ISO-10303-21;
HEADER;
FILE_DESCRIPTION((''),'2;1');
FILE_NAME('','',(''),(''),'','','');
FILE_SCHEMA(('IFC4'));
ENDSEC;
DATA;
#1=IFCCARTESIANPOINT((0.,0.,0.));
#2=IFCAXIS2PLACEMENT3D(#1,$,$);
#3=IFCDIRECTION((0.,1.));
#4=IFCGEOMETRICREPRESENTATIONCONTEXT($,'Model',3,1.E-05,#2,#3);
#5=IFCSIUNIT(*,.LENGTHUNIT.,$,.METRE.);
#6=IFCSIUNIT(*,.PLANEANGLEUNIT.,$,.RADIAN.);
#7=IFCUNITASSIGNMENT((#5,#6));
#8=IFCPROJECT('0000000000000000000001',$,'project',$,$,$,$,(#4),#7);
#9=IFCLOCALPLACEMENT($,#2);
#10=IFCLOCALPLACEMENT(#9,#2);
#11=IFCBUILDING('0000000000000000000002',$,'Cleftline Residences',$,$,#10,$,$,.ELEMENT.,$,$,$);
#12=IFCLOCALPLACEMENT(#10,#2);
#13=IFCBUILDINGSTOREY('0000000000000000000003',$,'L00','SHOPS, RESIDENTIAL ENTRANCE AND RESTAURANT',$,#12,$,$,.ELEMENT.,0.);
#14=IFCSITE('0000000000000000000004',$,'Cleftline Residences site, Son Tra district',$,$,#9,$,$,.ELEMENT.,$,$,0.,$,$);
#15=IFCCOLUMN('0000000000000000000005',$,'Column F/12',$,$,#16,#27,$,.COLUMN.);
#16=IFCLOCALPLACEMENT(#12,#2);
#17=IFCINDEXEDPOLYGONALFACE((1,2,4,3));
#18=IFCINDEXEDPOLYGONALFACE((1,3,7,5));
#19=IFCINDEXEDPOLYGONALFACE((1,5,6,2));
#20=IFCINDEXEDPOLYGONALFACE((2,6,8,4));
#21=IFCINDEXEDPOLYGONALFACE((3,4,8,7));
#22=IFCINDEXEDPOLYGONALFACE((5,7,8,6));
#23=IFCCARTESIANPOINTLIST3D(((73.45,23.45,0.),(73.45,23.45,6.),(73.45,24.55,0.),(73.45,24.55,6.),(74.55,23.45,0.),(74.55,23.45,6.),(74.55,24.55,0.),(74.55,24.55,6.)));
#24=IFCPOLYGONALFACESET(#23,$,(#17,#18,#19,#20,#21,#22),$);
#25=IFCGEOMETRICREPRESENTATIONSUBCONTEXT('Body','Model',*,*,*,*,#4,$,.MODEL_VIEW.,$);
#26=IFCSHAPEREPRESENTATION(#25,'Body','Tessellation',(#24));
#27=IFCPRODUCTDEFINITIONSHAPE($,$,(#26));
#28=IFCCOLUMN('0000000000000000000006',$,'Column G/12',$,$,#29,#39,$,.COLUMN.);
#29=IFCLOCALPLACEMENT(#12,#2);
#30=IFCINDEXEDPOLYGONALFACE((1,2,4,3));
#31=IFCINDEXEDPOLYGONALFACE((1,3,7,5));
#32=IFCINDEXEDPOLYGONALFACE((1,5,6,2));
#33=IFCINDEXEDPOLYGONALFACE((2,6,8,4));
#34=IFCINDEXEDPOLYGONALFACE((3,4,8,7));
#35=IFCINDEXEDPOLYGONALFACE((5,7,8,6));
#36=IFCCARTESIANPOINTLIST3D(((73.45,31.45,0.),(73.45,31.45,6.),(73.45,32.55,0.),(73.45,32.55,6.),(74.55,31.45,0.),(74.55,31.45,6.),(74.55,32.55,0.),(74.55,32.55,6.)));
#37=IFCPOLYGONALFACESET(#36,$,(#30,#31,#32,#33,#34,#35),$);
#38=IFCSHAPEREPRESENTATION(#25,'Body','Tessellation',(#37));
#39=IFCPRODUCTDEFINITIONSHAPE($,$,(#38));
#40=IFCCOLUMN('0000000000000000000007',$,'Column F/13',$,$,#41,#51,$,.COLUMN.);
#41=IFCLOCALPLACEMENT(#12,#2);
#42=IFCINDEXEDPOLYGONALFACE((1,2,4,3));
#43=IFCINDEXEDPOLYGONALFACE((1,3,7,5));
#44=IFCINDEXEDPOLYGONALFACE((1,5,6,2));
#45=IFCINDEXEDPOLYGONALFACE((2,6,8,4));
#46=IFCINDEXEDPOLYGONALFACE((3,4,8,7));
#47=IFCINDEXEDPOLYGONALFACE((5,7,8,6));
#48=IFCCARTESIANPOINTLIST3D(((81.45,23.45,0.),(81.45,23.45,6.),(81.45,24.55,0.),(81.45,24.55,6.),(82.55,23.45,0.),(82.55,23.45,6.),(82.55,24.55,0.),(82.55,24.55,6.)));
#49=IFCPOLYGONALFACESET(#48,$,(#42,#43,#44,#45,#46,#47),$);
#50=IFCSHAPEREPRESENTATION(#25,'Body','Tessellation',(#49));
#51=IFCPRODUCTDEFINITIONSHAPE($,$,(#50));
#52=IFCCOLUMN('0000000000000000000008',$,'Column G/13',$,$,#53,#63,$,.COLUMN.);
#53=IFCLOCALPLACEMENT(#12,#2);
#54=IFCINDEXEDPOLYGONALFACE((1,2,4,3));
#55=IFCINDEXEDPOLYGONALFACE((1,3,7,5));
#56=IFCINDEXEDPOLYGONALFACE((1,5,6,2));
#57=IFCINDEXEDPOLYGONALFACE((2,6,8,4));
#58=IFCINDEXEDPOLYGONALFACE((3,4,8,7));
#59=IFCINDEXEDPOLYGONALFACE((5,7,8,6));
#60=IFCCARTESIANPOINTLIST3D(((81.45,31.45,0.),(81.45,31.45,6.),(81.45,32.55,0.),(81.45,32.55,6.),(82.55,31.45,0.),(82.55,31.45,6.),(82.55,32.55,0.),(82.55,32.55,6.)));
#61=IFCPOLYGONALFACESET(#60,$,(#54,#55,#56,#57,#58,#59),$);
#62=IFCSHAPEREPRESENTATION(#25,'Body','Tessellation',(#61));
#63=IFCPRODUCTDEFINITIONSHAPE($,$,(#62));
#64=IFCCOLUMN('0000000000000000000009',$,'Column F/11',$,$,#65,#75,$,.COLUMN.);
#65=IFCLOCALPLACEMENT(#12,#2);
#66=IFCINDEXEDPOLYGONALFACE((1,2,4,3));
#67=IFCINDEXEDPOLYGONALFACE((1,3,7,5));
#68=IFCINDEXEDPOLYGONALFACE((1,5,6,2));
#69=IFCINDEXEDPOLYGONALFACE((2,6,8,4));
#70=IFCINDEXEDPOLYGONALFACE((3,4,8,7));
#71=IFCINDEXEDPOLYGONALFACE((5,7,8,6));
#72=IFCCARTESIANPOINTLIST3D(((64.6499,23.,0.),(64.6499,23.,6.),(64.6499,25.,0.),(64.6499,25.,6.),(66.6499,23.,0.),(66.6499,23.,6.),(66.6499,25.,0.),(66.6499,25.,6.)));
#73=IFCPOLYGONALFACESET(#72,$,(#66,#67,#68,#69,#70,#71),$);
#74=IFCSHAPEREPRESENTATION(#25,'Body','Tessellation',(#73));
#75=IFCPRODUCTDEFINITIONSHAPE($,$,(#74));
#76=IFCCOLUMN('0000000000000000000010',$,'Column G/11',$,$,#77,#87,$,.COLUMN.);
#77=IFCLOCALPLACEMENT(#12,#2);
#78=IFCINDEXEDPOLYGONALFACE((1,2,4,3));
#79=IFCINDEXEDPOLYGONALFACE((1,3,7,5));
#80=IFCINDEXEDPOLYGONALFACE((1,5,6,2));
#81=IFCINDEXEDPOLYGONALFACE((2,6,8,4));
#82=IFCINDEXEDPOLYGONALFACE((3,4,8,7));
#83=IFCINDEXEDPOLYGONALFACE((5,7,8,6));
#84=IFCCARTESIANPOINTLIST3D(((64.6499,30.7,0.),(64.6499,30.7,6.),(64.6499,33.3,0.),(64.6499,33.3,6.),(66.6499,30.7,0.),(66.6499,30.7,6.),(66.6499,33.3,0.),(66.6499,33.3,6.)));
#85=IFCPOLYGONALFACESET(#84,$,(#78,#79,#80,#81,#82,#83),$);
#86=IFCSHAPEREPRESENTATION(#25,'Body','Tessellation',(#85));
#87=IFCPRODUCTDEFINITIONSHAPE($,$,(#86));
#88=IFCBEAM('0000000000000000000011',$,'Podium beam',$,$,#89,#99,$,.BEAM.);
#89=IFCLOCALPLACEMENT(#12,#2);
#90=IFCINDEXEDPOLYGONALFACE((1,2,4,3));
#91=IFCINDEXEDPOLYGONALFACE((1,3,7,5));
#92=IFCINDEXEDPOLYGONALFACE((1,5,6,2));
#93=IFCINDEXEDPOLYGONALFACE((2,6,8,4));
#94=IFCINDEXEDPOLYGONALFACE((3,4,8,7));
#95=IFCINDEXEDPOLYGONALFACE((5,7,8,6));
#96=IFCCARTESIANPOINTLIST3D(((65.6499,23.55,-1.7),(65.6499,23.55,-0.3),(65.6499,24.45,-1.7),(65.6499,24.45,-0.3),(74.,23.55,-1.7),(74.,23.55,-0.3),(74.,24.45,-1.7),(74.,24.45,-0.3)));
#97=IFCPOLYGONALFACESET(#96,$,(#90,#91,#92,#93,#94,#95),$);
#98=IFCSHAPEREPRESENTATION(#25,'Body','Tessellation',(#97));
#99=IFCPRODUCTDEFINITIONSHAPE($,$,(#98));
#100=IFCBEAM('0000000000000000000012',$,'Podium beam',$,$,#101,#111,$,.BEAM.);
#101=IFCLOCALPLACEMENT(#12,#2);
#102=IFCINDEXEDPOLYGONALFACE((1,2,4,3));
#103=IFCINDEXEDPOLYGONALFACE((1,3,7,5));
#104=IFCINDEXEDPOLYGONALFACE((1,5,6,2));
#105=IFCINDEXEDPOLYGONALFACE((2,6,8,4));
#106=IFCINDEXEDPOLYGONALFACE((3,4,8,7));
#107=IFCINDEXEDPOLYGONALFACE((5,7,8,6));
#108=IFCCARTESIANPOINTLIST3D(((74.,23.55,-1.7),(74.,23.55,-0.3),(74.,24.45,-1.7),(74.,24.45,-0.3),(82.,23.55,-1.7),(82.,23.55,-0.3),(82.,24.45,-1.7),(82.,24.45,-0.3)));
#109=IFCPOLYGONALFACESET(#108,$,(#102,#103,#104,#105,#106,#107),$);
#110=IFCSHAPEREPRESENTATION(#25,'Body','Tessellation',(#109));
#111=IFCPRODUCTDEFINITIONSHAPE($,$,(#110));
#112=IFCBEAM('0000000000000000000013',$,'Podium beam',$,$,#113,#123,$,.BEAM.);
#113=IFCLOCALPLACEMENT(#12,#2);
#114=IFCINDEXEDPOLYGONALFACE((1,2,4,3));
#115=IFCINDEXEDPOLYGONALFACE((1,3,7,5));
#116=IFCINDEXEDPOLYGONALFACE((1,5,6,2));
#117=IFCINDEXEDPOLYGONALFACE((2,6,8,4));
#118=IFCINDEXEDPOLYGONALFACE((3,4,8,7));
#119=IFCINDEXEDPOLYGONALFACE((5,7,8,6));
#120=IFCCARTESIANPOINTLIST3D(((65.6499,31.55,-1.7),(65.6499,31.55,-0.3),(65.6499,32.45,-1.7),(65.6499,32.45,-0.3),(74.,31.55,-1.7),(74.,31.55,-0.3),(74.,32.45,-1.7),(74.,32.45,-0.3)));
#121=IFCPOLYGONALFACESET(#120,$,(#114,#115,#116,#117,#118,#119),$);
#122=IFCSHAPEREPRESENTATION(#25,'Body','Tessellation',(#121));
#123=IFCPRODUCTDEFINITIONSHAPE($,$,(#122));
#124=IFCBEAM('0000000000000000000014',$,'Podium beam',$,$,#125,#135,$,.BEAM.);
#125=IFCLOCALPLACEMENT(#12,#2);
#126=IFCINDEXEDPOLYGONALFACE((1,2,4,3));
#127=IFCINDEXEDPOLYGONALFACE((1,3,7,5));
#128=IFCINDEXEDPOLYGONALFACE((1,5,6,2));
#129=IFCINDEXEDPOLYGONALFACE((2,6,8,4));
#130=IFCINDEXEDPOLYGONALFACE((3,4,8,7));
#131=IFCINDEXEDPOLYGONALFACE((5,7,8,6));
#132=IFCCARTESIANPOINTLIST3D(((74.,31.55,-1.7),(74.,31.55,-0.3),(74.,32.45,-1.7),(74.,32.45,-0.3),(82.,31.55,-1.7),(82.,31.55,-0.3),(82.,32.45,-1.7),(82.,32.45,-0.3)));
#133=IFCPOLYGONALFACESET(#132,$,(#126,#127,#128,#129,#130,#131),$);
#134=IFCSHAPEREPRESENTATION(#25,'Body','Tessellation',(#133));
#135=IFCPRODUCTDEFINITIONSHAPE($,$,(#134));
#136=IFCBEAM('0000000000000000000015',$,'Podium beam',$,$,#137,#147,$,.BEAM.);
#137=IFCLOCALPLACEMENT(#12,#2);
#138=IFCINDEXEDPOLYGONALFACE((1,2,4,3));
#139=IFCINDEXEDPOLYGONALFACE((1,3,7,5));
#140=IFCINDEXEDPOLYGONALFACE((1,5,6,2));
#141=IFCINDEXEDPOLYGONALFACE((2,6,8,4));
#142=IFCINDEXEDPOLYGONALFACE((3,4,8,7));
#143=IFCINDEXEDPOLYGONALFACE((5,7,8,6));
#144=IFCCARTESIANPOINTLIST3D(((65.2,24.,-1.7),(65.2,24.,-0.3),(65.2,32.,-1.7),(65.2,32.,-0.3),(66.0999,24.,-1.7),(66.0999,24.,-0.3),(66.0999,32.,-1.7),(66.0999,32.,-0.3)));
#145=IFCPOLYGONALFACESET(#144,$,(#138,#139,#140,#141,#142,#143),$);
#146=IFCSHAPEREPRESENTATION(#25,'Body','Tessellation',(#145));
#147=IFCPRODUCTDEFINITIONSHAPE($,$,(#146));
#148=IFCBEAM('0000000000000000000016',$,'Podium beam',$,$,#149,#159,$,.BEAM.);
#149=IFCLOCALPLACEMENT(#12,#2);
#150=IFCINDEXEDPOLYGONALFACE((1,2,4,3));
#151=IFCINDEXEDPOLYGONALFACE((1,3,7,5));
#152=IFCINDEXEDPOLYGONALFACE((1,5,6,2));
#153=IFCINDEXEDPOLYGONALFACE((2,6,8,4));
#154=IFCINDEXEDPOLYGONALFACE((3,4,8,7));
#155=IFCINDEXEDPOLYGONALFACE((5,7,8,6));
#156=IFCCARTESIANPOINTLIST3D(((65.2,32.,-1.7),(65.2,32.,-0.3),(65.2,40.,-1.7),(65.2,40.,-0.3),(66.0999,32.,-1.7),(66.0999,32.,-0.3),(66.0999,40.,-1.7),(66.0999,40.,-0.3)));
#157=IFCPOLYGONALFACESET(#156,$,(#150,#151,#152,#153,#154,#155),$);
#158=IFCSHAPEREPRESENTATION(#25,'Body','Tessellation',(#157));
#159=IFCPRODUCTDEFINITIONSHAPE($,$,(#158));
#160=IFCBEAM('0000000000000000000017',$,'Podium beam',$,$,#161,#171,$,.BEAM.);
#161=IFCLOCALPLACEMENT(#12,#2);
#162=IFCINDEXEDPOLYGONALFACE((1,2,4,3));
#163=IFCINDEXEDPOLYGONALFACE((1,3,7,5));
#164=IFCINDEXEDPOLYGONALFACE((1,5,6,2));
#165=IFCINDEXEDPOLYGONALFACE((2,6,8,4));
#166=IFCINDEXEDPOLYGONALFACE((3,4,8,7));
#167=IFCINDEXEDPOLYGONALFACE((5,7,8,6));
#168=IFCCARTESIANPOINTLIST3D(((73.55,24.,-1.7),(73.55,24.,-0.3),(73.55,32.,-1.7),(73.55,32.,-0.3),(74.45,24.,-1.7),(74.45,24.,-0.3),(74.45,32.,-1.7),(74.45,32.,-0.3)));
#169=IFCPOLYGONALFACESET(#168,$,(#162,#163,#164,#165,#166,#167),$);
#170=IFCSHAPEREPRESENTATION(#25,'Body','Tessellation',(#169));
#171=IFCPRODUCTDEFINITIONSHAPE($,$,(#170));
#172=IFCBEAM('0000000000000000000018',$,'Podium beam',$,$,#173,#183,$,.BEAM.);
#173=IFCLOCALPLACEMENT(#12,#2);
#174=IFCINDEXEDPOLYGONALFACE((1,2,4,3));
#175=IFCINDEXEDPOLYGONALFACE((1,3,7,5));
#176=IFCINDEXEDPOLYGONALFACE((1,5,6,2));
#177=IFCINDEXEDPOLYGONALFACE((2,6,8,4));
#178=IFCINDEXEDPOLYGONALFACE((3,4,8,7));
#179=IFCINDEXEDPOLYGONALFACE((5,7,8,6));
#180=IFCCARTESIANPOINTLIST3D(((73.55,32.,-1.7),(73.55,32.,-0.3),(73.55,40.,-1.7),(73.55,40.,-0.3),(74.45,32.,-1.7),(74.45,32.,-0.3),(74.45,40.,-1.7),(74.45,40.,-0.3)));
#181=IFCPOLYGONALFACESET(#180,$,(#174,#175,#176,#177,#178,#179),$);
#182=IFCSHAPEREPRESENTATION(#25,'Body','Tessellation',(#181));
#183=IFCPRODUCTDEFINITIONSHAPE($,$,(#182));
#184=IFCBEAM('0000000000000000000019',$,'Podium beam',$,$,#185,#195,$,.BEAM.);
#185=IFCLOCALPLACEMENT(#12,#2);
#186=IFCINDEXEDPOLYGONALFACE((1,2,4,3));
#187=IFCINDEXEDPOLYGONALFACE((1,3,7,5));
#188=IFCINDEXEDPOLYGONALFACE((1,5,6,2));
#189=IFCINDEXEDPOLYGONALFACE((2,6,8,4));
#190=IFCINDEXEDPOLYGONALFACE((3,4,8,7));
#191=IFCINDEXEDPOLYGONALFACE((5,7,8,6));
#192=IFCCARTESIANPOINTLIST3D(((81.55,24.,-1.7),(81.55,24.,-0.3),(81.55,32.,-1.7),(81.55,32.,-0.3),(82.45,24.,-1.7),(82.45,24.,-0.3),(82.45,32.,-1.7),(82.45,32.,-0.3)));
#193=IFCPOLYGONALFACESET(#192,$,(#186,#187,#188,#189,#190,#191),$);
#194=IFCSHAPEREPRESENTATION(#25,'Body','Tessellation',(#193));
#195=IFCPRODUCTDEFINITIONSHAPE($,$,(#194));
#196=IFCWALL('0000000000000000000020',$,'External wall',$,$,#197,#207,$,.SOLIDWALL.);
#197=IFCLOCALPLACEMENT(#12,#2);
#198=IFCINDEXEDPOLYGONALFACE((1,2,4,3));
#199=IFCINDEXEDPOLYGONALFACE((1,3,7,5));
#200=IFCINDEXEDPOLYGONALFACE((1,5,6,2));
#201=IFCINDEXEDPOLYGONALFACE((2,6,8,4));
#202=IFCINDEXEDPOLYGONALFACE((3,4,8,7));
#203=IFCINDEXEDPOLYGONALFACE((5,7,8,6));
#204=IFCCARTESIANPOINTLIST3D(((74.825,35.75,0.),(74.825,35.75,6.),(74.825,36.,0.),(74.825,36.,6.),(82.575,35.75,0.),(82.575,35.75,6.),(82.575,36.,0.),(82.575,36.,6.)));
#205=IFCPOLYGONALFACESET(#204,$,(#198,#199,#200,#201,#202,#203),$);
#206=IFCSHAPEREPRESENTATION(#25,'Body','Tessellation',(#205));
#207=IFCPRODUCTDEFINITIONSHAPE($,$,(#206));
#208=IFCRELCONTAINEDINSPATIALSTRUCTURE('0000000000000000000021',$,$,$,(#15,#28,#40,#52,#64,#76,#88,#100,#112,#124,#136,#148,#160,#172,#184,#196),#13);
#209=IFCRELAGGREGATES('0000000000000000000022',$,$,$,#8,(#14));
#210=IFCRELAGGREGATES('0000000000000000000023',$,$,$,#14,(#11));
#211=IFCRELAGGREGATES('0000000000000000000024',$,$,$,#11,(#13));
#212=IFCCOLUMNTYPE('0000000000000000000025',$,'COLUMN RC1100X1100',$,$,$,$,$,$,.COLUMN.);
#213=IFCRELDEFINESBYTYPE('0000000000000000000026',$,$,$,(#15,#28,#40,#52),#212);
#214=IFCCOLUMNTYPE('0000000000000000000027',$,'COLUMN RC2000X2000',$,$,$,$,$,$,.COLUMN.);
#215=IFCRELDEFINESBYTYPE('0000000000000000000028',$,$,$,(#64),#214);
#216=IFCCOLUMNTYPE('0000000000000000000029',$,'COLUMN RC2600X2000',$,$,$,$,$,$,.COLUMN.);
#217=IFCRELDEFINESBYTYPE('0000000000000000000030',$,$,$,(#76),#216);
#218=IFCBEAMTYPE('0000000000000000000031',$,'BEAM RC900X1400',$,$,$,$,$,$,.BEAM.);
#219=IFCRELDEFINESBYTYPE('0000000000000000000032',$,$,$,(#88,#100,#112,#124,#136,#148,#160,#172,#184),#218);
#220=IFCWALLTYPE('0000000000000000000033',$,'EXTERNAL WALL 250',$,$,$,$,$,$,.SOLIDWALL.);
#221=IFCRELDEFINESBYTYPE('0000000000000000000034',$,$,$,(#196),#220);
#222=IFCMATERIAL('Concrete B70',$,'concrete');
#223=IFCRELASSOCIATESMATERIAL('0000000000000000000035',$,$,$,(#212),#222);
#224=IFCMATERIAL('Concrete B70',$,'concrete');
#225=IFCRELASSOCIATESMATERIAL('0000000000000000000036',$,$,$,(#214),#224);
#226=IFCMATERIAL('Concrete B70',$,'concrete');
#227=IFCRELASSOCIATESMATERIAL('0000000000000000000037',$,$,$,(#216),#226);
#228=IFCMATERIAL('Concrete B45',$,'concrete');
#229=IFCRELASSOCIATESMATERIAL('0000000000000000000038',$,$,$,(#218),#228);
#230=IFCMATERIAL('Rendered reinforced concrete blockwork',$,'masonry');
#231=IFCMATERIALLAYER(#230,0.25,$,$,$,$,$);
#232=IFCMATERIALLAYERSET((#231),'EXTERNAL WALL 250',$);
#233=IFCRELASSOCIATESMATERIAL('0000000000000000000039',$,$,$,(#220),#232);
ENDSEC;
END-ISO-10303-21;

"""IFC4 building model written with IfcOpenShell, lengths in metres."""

from ifc_helpers import new_model, si_unit, direction, frame, frame_2d, origin, origin_2d, place, context, subcontext, project, spatial, rectangle, extrude, material, layer, layer_set, material_profile, profile_set, type_object, element, save


model = new_model("IFC4")

# Units and contexts
model_context = context("Model", 3, precision=1e-05, world=origin(), true_north=direction((0.0, 1.0)))
body_context = subcontext(model_context, "Body", "Model", "MODEL_VIEW")
ifc_project = project(units=[si_unit("LENGTHUNIT", "METRE"), si_unit("PLANEANGLEUNIT", "RADIAN")], contexts=[model_context])

# Site, building, storey
site_placement = place(None, origin())
site = spatial("IfcSite", under=ifc_project, at=site_placement, Name="Cleftline Residences site, Son Tra district", CompositionType="ELEMENT", RefElevation=0.0)
building_placement = place(site_placement, origin())
building = spatial("IfcBuilding", under=site, at=building_placement, Name="Cleftline Residences", CompositionType="ELEMENT")
storey_placement = place(building_placement, origin())
storey = spatial("IfcBuildingStorey", under=building, at=storey_placement, Name="L00", Description="SHOPS, RESIDENTIAL ENTRANCE AND RESTAURANT", CompositionType="ELEMENT", Elevation=0.0)

# Columns
ifc_material_1 = material(Name="Concrete B70", Category="concrete")
ifc_material_profile_1 = material_profile(ifc_material_1, rectangle(XDim=1.1001, YDim=1.1001, at=origin_2d()))
ifc_profile_set_1 = profile_set([ifc_material_profile_1], Name="Concrete B70")
column_type_1 = type_object("IfcColumnType", Name="COLUMN RC1100X1100", PredefinedType="COLUMN", material=ifc_profile_set_1)
for number, where, z_axis, x_axis, name in (
    (1, (74.0, 24.0, 0.0), (0.0, 0.0, 1.0), (1.0, 0.0, 0.0), "Column F/12"),
    (2, (74.0, 32.0, 0.0), (0.0, 0.0, 1.0), (1.0, 0.0, 0.0), "Column G/12"),
    (3, (82.0, 24.0, 0.0), (0.0, 0.0, 1.0), (1.0, 0.0, 0.0), "Column F/13"),
    (4, (82.0, 32.0, 0.0), (0.0, 0.0, 1.0), (1.0, 0.0, 0.0), "Column G/13"),
):
    element("IfcColumn", number, at=place(storey_placement, frame(where, z_axis=z_axis, x_axis=x_axis)), inside=storey, type_object=column_type_1, Name=name, PredefinedType="COLUMN", context=body_context, shape_type="SweptSolid", body=[
        extrude(rectangle(XDim=1.1001, YDim=1.1001, at=origin_2d()), origin(), (0.0, 0.0, 1.0), 6.0),
    ])
ifc_material_2 = material(Name="Concrete B70", Category="concrete")
ifc_material_profile_2 = material_profile(ifc_material_2, rectangle(XDim=2.0, YDim=2.0, at=origin_2d()))
ifc_profile_set_2 = profile_set([ifc_material_profile_2], Name="Concrete B70")
column_type_2 = type_object("IfcColumnType", Name="COLUMN RC2000X2000", PredefinedType="COLUMN", material=ifc_profile_set_2)
column_1_placement = place(storey_placement, frame((65.6499, 24.0, 0.0), z_axis=(0.0, 0.0, 1.0), x_axis=(1.0, 0.0, 0.0)))
element("IfcColumn", 5, at=column_1_placement, inside=storey, type_object=column_type_2, Name="Column F/11", PredefinedType="COLUMN", context=body_context, shape_type="SweptSolid", body=[
    extrude(rectangle(XDim=2.0, YDim=2.0, at=origin_2d()), origin(), (0.0, 0.0, 1.0), 6.0),
])
ifc_material_3 = material(Name="Concrete B70", Category="concrete")
ifc_material_profile_3 = material_profile(ifc_material_3, rectangle(XDim=2.6001, YDim=2.0, at=origin_2d()))
ifc_profile_set_3 = profile_set([ifc_material_profile_3], Name="Concrete B70")
column_type_3 = type_object("IfcColumnType", Name="COLUMN RC2600X2000", PredefinedType="COLUMN", material=ifc_profile_set_3)
column_2_placement = place(storey_placement, frame((65.6499, 32.0, 0.0), z_axis=(0.0, 0.0, 1.0), x_axis=(0.0, 1.0, 0.0)))
element("IfcColumn", 6, at=column_2_placement, inside=storey, type_object=column_type_3, Name="Column G/11", PredefinedType="COLUMN", context=body_context, shape_type="SweptSolid", body=[
    extrude(rectangle(XDim=2.6001, YDim=2.0, at=origin_2d()), origin(), (0.0, 0.0, 1.0), 6.0),
])

# Beams
ifc_material_4 = material(Name="Concrete B45", Category="concrete")
ifc_material_profile_4 = material_profile(ifc_material_4, rectangle(XDim=0.8999, YDim=1.3999, at=origin_2d()))
ifc_profile_set_4 = profile_set([ifc_material_profile_4], Name="Concrete B45")
beam_type = type_object("IfcBeamType", Name="BEAM RC900X1400", PredefinedType="BEAM", material=ifc_profile_set_4)
beam_1_placement = place(storey_placement, frame((65.6499, 24.0, -1.0), z_axis=(1.0, 0.0, 0.0), x_axis=(0.0, 1.0, 0.0)))
element("IfcBeam", 7, at=beam_1_placement, inside=storey, type_object=beam_type, Name="Podium beam", PredefinedType="BEAM", context=body_context, shape_type="SweptSolid", body=[
    extrude(rectangle(XDim=0.8999, YDim=1.3999, at=origin_2d()), origin(), (0.0, 0.0, 1.0), 8.3501),
])
beam_2_placement = place(storey_placement, frame((74.0, 24.0, -1.0), z_axis=(1.0, 0.0, 0.0), x_axis=(0.0, 1.0, 0.0)))
element("IfcBeam", 8, at=beam_2_placement, inside=storey, type_object=beam_type, Name="Podium beam", PredefinedType="BEAM", context=body_context, shape_type="SweptSolid", body=[
    extrude(rectangle(XDim=0.8999, YDim=1.3999, at=origin_2d()), origin(), (0.0, 0.0, 1.0), 8.0),
])
beam_3_placement = place(storey_placement, frame((65.6499, 32.0, -1.0), z_axis=(1.0, 0.0, 0.0), x_axis=(0.0, 1.0, 0.0)))
element("IfcBeam", 9, at=beam_3_placement, inside=storey, type_object=beam_type, Name="Podium beam", PredefinedType="BEAM", context=body_context, shape_type="SweptSolid", body=[
    extrude(rectangle(XDim=0.8999, YDim=1.3999, at=origin_2d()), origin(), (0.0, 0.0, 1.0), 8.3501),
])
for number, where, z_axis, x_axis, name in (
    (10, (74.0, 32.0, -1.0), (1.0, 0.0, 0.0), (0.0, 1.0, 0.0), "Podium beam"),
    (11, (65.6499, 24.0, -1.0), (0.0, 1.0, 0.0), (-1.0, 0.0, 0.0), "Podium beam"),
    (12, (65.6499, 32.0, -1.0), (0.0, 1.0, 0.0), (-1.0, 0.0, 0.0), "Podium beam"),
    (13, (74.0, 24.0, -1.0), (0.0, 1.0, 0.0), (-1.0, 0.0, 0.0), "Podium beam"),
    (14, (74.0, 32.0, -1.0), (0.0, 1.0, 0.0), (-1.0, 0.0, 0.0), "Podium beam"),
    (15, (82.0, 24.0, -1.0), (0.0, 1.0, 0.0), (-1.0, 0.0, 0.0), "Podium beam"),
):
    element("IfcBeam", number, at=place(storey_placement, frame(where, z_axis=z_axis, x_axis=x_axis)), inside=storey, type_object=beam_type, Name=name, PredefinedType="BEAM", context=body_context, shape_type="SweptSolid", body=[
        extrude(rectangle(XDim=0.8999, YDim=1.3999, at=origin_2d()), origin(), (0.0, 0.0, 1.0), 8.0),
    ])

# Wall
ifc_material_5 = material(Name="Rendered reinforced concrete blockwork", Category="masonry")
ifc_layer_1 = layer(ifc_material_5, 0.25)
ifc_layer_set_1 = layer_set([ifc_layer_1], Name="EXTERNAL WALL 250")
wall_type_1 = type_object("IfcWallType", Name="EXTERNAL WALL 250", PredefinedType="SOLIDWALL", material=ifc_layer_set_1)
wall_1_placement = place(storey_placement, frame((82.575, 35.875, 0.0), z_axis=(0.0, 0.0, 1.0), x_axis=(-1.0, 0.0, 0.0)))
element("IfcWall", 16, at=wall_1_placement, inside=storey, type_object=wall_type_1, Name="External wall", PredefinedType="SOLIDWALL", context=body_context, shape_type="SweptSolid", body=[
    extrude(rectangle(XDim=7.75, YDim=0.25, at=frame_2d((3.875, 0.0))), origin(), (0.0, 0.0, 1.0), 6.0),
])

save(model, "model.ifc")
